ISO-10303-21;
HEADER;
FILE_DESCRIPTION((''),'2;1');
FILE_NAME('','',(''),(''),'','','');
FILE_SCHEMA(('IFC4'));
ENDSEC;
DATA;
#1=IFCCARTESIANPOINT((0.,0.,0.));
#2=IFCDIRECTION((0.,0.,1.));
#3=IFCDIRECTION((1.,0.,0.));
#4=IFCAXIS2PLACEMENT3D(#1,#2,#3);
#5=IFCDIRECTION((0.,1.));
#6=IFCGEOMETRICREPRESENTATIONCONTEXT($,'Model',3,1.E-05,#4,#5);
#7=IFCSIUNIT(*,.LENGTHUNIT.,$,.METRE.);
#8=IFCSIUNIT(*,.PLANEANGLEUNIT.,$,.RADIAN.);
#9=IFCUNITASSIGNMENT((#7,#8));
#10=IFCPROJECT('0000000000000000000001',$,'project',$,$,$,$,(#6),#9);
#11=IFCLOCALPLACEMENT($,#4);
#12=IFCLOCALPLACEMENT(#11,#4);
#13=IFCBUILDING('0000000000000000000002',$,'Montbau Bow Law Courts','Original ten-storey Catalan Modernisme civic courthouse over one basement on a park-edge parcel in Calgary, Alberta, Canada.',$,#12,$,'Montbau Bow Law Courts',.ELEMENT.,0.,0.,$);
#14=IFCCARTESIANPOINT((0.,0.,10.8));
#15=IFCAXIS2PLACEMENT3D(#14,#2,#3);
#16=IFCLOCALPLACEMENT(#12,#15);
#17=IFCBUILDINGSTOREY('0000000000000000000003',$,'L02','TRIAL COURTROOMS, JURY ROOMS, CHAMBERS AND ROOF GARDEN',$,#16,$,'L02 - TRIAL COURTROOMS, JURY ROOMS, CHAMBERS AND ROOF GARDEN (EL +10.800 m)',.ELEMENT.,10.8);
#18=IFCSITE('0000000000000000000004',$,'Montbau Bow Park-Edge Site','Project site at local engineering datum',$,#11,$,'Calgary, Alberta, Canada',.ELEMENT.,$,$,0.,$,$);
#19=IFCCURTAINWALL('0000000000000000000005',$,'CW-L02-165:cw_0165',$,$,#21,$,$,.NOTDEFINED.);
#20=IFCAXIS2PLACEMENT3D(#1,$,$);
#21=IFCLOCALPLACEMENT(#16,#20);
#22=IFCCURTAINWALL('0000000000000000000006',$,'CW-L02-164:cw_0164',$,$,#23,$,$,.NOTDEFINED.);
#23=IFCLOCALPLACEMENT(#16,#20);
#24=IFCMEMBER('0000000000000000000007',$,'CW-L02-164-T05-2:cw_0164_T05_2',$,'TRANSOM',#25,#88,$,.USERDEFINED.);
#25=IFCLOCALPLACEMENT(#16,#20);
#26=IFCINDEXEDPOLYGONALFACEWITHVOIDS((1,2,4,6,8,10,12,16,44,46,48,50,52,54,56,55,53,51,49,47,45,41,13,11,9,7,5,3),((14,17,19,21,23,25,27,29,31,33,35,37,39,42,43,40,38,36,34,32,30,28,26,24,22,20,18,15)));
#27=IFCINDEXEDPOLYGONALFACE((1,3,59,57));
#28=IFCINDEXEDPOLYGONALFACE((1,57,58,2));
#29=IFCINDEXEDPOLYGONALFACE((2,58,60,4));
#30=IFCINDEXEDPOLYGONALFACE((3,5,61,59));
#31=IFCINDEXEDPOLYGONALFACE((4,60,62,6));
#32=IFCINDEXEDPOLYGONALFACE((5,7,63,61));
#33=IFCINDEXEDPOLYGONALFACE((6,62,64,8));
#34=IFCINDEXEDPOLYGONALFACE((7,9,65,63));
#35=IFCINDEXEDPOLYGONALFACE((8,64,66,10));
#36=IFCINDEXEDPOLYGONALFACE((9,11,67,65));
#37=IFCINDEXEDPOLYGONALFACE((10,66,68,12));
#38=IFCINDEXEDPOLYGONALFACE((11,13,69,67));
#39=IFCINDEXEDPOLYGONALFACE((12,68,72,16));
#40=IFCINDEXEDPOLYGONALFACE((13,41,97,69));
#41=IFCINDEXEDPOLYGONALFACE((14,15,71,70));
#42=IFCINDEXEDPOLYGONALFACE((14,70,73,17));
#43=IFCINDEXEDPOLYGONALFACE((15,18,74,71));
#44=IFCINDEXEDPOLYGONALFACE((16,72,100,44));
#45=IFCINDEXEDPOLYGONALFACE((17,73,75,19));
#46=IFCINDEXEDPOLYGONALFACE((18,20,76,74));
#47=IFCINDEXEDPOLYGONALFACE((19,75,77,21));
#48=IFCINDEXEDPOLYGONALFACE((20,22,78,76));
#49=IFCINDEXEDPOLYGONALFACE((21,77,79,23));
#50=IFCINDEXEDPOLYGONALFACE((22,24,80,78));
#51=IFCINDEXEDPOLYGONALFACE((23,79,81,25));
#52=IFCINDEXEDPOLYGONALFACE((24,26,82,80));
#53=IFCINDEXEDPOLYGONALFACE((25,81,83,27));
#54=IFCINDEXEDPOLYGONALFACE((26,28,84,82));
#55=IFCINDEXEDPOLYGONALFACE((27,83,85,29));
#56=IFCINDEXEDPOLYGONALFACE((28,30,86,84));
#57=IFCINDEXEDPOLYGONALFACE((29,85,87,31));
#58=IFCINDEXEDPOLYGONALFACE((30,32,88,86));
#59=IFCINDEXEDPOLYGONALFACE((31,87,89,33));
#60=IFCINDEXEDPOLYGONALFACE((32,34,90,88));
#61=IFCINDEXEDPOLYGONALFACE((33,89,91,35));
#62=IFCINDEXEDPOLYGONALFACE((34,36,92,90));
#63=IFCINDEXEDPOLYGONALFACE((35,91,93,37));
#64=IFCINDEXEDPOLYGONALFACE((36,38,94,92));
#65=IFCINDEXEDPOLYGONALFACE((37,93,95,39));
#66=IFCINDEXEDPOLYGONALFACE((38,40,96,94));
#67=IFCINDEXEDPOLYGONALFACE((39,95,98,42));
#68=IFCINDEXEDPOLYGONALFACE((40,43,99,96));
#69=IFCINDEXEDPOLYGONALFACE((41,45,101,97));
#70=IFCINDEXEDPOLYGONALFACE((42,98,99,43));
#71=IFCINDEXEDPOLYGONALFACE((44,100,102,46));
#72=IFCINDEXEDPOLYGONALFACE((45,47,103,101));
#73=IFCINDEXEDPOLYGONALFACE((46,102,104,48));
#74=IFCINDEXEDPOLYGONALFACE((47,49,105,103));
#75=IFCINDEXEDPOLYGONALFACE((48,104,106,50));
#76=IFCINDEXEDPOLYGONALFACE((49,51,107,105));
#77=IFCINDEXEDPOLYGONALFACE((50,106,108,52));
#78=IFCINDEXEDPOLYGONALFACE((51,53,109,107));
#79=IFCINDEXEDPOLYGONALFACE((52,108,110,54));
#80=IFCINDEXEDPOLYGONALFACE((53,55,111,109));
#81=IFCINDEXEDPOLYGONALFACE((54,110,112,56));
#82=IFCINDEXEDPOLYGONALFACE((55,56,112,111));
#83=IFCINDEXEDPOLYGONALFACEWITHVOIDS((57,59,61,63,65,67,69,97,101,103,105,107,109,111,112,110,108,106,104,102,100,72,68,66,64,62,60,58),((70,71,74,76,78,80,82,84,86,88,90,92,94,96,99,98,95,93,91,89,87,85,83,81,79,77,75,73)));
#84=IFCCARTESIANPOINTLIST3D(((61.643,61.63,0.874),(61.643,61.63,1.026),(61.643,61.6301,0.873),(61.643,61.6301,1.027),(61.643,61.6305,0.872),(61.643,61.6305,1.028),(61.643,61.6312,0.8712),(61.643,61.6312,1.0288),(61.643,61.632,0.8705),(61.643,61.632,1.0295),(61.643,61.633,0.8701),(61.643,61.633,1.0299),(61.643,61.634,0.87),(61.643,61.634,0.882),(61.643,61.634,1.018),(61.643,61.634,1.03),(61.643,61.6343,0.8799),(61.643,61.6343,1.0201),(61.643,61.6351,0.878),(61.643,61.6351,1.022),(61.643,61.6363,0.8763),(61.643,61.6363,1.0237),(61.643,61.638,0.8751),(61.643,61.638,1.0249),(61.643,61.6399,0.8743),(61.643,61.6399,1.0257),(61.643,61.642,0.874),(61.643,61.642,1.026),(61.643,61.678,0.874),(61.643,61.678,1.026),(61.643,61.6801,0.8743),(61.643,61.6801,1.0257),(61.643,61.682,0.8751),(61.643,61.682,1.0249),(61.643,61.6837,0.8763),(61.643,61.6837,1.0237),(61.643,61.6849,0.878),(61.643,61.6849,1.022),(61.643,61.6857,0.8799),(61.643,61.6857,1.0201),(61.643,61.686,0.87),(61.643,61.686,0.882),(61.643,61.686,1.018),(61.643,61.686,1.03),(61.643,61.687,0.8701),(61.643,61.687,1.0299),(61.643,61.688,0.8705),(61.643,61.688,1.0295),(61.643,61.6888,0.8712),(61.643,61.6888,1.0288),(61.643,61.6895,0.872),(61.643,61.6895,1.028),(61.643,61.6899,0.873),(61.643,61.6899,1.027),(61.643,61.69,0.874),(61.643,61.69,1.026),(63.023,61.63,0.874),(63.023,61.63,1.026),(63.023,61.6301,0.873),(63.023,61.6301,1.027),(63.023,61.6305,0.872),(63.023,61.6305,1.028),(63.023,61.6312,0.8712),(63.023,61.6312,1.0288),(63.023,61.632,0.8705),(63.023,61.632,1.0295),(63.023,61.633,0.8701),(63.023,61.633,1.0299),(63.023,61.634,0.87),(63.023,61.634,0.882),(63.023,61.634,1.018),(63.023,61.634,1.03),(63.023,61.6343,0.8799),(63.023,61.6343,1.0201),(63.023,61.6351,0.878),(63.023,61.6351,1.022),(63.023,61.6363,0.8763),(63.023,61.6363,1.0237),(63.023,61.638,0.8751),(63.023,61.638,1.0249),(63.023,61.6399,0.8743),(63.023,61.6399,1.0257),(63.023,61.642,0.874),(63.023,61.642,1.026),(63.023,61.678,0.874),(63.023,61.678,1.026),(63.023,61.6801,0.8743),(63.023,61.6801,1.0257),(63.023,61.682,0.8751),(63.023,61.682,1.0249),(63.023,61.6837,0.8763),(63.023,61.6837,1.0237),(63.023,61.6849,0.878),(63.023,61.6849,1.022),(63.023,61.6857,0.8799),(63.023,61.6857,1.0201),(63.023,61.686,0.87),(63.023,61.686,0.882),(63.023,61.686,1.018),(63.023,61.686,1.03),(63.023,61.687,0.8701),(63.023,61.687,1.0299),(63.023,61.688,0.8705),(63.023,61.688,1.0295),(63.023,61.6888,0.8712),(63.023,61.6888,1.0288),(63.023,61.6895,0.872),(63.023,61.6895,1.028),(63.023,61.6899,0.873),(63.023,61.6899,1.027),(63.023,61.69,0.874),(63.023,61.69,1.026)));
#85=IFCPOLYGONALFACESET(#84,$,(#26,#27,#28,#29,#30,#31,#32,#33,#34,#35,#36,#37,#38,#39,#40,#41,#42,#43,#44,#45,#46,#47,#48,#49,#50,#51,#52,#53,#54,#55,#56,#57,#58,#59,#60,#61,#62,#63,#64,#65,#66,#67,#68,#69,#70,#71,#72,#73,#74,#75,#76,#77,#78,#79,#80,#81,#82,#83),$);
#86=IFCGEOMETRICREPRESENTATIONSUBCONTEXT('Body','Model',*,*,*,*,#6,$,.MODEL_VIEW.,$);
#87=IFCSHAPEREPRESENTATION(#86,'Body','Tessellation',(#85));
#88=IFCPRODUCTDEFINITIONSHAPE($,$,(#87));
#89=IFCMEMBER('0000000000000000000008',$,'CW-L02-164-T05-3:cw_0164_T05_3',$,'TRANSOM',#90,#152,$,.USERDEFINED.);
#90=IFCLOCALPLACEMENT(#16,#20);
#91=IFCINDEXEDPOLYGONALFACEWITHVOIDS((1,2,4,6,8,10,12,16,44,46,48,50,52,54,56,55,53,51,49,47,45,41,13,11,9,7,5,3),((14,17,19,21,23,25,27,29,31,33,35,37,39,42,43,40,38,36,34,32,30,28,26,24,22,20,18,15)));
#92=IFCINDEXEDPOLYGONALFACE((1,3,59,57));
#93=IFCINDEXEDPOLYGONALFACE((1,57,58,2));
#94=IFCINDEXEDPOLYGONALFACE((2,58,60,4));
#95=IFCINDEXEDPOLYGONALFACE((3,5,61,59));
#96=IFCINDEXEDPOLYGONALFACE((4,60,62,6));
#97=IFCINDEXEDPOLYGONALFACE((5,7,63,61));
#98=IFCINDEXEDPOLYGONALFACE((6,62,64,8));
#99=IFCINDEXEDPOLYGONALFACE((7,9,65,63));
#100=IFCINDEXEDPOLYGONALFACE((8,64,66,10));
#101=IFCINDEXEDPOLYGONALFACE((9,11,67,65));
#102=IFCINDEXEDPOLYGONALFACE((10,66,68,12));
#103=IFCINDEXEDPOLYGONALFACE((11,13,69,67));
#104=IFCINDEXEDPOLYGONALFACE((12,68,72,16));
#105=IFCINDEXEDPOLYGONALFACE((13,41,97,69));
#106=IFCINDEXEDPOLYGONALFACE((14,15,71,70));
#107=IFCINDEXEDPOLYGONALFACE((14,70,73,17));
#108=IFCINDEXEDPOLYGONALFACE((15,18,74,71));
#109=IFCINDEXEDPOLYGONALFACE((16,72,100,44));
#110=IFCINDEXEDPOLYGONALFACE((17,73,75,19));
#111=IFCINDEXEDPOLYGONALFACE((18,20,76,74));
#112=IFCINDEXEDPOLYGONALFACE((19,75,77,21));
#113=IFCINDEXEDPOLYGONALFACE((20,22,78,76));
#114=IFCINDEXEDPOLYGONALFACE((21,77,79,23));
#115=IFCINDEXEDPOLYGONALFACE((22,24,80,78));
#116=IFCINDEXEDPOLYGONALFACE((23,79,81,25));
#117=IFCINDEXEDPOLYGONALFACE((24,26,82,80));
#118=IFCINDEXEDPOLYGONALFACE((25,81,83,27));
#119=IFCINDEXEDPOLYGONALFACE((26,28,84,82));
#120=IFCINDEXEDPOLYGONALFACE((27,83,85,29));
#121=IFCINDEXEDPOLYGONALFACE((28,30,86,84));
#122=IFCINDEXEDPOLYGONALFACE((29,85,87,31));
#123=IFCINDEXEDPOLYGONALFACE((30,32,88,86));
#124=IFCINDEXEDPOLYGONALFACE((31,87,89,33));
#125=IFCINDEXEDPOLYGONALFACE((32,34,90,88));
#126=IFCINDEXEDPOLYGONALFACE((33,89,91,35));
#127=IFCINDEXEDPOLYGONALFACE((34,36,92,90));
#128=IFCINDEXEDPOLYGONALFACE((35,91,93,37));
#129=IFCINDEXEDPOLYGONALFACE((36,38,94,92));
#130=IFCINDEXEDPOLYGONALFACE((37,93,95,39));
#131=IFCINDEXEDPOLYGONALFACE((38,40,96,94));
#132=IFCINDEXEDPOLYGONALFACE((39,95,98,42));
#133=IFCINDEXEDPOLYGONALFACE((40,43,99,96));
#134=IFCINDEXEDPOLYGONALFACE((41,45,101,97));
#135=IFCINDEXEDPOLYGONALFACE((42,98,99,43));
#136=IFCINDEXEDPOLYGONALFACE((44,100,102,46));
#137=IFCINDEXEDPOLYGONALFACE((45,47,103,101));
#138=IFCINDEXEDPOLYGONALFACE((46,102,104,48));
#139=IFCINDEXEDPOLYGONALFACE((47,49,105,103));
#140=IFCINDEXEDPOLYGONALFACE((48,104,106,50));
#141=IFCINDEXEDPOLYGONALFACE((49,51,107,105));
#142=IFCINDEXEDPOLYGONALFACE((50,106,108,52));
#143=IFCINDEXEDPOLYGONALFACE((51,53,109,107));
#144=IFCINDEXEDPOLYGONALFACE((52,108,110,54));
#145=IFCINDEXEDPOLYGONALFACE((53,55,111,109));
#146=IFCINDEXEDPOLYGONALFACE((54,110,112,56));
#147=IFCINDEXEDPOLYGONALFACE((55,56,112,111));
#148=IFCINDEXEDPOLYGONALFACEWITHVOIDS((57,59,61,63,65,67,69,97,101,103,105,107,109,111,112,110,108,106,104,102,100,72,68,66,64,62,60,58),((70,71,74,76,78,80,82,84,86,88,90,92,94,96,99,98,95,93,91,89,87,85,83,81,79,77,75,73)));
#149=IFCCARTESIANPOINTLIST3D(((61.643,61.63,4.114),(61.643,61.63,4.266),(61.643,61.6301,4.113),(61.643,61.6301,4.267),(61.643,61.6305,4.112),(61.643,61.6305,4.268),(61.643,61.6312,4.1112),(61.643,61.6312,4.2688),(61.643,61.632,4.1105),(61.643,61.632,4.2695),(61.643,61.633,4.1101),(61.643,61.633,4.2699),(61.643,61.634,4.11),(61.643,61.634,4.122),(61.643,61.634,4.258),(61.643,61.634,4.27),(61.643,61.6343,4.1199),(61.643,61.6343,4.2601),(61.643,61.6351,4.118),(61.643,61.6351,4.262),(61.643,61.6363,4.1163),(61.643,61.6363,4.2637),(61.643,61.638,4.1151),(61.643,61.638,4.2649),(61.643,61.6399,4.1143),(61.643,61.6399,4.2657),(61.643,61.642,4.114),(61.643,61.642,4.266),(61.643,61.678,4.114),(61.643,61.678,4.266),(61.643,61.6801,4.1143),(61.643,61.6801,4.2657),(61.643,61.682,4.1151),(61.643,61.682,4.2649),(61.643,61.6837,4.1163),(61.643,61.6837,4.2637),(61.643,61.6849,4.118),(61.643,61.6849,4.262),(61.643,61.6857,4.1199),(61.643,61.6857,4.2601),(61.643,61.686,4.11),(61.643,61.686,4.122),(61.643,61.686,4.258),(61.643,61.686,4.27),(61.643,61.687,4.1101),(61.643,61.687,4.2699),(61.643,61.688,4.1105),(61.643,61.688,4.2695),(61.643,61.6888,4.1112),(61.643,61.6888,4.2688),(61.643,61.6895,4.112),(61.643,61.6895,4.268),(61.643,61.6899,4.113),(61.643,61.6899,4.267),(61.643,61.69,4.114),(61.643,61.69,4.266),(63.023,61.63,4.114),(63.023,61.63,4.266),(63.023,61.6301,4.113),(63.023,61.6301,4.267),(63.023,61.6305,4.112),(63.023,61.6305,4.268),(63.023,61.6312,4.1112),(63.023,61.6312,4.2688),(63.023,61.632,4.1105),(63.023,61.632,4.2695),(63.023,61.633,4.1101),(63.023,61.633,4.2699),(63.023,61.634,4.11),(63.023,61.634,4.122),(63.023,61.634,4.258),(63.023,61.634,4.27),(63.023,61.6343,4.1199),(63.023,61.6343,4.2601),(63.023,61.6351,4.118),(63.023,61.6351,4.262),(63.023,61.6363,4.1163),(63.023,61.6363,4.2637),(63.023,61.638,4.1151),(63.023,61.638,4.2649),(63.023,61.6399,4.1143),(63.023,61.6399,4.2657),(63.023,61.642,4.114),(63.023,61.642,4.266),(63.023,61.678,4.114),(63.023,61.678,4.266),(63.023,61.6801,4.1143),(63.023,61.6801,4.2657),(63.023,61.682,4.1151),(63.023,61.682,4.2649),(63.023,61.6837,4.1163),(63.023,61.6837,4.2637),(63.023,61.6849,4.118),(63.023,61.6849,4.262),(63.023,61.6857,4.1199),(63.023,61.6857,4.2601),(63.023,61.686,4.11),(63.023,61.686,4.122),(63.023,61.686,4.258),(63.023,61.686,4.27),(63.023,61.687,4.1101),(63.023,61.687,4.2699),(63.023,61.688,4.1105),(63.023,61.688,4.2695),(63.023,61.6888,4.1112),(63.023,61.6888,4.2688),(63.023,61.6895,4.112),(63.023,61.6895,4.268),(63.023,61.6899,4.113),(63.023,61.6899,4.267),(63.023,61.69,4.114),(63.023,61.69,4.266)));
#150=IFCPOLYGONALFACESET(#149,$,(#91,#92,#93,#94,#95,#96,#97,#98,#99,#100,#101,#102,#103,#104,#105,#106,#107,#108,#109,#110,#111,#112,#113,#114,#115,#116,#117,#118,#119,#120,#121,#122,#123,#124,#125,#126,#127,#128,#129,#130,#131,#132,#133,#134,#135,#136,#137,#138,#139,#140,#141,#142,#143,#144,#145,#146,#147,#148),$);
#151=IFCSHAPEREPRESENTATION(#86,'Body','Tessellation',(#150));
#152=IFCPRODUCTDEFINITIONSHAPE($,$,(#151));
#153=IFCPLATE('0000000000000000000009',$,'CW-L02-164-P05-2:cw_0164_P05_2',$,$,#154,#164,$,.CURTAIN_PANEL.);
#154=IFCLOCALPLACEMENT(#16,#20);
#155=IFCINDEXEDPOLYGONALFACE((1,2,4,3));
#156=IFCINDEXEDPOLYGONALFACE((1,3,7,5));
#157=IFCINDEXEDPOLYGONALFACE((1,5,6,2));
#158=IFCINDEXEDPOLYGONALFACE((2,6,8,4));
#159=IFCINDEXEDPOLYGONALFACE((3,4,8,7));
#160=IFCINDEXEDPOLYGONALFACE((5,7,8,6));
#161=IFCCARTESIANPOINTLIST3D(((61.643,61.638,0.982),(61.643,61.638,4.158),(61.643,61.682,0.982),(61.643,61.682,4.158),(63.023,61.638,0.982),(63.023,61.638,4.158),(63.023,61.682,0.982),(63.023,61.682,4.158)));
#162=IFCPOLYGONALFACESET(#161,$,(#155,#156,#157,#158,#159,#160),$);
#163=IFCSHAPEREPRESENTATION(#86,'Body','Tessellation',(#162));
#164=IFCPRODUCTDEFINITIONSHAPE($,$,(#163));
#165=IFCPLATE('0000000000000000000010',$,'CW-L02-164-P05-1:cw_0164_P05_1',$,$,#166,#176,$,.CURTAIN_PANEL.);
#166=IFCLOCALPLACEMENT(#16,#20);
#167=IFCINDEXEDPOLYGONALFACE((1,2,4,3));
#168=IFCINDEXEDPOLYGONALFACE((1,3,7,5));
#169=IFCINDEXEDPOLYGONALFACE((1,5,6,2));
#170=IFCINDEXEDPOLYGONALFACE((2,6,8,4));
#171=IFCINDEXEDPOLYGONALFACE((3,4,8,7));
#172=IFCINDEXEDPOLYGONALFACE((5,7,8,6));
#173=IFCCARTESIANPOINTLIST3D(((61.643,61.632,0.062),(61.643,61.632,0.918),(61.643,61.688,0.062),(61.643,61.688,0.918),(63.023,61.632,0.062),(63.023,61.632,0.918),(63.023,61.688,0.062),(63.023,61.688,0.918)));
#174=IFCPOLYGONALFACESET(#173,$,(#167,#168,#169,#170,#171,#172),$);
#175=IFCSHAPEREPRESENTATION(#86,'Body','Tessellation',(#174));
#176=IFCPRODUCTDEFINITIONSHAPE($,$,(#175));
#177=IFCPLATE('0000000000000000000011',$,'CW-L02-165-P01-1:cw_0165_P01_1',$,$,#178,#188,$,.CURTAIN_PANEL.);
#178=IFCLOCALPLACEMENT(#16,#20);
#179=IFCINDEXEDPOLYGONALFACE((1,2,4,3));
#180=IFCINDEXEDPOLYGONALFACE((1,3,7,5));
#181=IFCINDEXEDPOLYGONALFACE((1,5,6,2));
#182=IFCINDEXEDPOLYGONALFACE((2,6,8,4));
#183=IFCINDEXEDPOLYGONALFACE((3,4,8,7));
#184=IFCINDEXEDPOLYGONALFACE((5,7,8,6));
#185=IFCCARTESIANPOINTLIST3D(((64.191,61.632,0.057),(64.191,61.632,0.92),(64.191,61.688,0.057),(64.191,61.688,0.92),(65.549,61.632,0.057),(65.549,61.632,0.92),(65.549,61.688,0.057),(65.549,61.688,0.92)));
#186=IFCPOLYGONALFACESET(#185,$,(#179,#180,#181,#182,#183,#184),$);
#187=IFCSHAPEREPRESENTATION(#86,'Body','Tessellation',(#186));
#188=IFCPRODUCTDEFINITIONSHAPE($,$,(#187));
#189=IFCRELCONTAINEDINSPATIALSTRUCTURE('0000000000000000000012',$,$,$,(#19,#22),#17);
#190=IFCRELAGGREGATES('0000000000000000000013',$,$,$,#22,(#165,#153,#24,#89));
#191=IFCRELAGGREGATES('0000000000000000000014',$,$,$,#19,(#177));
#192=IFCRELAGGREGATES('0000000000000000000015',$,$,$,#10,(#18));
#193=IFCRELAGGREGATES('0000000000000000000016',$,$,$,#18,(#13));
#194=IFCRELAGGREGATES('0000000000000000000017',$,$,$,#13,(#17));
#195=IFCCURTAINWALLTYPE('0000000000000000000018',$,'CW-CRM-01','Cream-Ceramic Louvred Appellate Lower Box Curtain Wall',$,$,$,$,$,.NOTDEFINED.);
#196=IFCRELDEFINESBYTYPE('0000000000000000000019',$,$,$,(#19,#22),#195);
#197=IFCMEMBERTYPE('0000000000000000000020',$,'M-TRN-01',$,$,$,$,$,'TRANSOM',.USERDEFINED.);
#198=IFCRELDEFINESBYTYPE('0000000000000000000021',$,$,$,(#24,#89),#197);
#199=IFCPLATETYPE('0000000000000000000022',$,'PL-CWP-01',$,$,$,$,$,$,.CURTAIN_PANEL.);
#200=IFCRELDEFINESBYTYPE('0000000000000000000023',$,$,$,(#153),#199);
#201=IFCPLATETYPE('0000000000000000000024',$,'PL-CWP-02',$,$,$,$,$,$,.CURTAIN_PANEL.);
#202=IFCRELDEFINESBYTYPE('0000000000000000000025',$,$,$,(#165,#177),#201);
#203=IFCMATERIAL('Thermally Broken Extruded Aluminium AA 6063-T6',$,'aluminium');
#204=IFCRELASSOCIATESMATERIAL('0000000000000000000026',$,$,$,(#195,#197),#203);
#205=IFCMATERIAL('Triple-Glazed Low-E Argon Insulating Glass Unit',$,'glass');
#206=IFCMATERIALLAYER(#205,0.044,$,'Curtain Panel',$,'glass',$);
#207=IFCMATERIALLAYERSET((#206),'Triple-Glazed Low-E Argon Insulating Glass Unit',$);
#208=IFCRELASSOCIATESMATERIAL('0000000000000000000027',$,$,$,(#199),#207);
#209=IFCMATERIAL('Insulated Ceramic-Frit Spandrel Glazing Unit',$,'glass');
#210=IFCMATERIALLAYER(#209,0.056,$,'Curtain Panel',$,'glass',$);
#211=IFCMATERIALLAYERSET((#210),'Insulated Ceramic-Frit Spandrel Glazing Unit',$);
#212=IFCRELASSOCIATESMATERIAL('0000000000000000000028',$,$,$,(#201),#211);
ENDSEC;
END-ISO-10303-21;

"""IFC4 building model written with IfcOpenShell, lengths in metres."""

from ifc_helpers import new_model, si_unit, direction, frame, frame_2d, origin_with_axes, origin_2d_with_axis, place, context, subcontext, project, spatial, rectangle, hollow_rectangle, extrude, material, layer, layer_set, material_profile, profile_set, type_object, element, aggregate, save


model = new_model("IFC4")

# Units and contexts
model_context = context("Model", 3, precision=1e-05, world=origin_with_axes(), true_north=direction((0.0, 1.0)))
body_context = subcontext(model_context, "Body", "Model", "MODEL_VIEW")
ifc_project = project(units=[si_unit("LENGTHUNIT", "METRE"), si_unit("PLANEANGLEUNIT", "RADIAN")], contexts=[model_context])

# Site, building, storey
site_placement = place(None, origin_with_axes())
site = spatial("IfcSite", under=ifc_project, at=site_placement, Name="Montbau Bow Park-Edge Site", Description="Project site at local engineering datum", LongName="Calgary, Alberta, Canada", CompositionType="ELEMENT", RefElevation=0.0)
building_placement = place(site_placement, origin_with_axes())
building = spatial("IfcBuilding", under=site, at=building_placement, Name="Montbau Bow Law Courts", Description="Original ten-storey Catalan Modernisme civic courthouse over one basement on a park-edge parcel in Calgary, Alberta, Canada.", LongName="Montbau Bow Law Courts", CompositionType="ELEMENT", ElevationOfRefHeight=0.0, ElevationOfTerrain=0.0)
storey_placement = place(building_placement, frame((0.0, 0.0, 10.8), z_axis=(0.0, 0.0, 1.0), x_axis=(1.0, 0.0, 0.0)))
storey = spatial("IfcBuildingStorey", under=building, at=storey_placement, Name="L02", Description="TRIAL COURTROOMS, JURY ROOMS, CHAMBERS AND ROOF GARDEN", LongName="L02 - TRIAL COURTROOMS, JURY ROOMS, CHAMBERS AND ROOF GARDEN (EL +10.800 m)", CompositionType="ELEMENT", Elevation=10.8)

# Curtain wall
ifc_material_1 = material(Name="Thermally Broken Extruded Aluminium AA 6063-T6", Category="aluminium")
curtain_wall_type = type_object("IfcCurtainWallType", Name="CW-CRM-01", Description="Cream-Ceramic Louvred Appellate Lower Box Curtain Wall", PredefinedType="NOTDEFINED", material=ifc_material_1)
curtain_wall_1_placement = place(None, frame((64.115, 61.66, 10.8), z_axis=(0.0, 0.0, 1.0), x_axis=(1.0, 0.0, 0.0)))
curtain_wall_1 = element("IfcCurtainWall", 1, at=curtain_wall_1_placement, inside=storey, type_object=curtain_wall_type, Name="CW-L02-165:cw_0165", PredefinedType="NOTDEFINED")

# Curtain wall, members, plates
curtain_wall_2_placement = place(None, frame((55.715, 61.66, 10.8), z_axis=(0.0, 0.0, 1.0), x_axis=(1.0, 0.0, 0.0)))
curtain_wall_2 = element("IfcCurtainWall", 2, at=curtain_wall_2_placement, inside=storey, type_object=curtain_wall_type, Name="CW-L02-164:cw_0164", PredefinedType="NOTDEFINED")
ifc_material_profile_1 = material_profile(ifc_material_1, hollow_rectangle(XDim=0.06, YDim=0.16, WallThickness=0.004, InnerFilletRadius=0.008, OuterFilletRadius=0.004, at=origin_2d_with_axis()), Name="CWT-160X60", Category="Main", Priority=0)
ifc_profile_set_1 = profile_set([ifc_material_profile_1], Name="Thermally Broken Extruded Aluminium AA 6063-T6")
member_type_1 = type_object("IfcMemberType", Name="M-TRN-01", ElementType="TRANSOM", PredefinedType="USERDEFINED", material=ifc_profile_set_1)
member_1_placement = place(None, frame((61.643, 61.66, 11.75), z_axis=(1.0, 0.0, 0.0), x_axis=(0.0, 1.0, 0.0)))
member_1 = element("IfcMember", 3, at=member_1_placement, type_object=member_type_1, Name="CW-L02-164-T05-2:cw_0164_T05_2", ObjectType="TRANSOM", PredefinedType="USERDEFINED", context=body_context, shape_type="SweptSolid", body=[
    extrude(hollow_rectangle(XDim=0.06, YDim=0.16, WallThickness=0.004, InnerFilletRadius=0.008, OuterFilletRadius=0.004, at=origin_2d_with_axis()), origin_with_axes(), (0.0, 0.0, 1.0), 1.38),
])
member_2_placement = place(None, frame((61.643, 61.66, 14.99), z_axis=(1.0, 0.0, 0.0), x_axis=(0.0, 1.0, 0.0)))
member_2 = element("IfcMember", 4, at=member_2_placement, type_object=member_type_1, Name="CW-L02-164-T05-3:cw_0164_T05_3", ObjectType="TRANSOM", PredefinedType="USERDEFINED", context=body_context, shape_type="SweptSolid", body=[
    extrude(hollow_rectangle(XDim=0.06, YDim=0.16, WallThickness=0.004, InnerFilletRadius=0.008, OuterFilletRadius=0.004, at=origin_2d_with_axis()), origin_with_axes(), (0.0, 0.0, 1.0), 1.38),
])
ifc_material_2 = material(Name="Triple-Glazed Low-E Argon Insulating Glass Unit", Category="glass")
ifc_layer_1 = layer(ifc_material_2, 0.044, Name="Curtain Panel", Category="glass")
ifc_layer_set_1 = layer_set([ifc_layer_1], Name="Triple-Glazed Low-E Argon Insulating Glass Unit")
plate_type_1 = type_object("IfcPlateType", Name="PL-CWP-01", PredefinedType="CURTAIN_PANEL", material=ifc_layer_set_1)
plate_1_placement = place(None, frame((61.643, 61.66, 11.782), z_axis=(0.0, -1.0, 0.0), x_axis=(1.0, 0.0, 0.0)))
plate_1 = element("IfcPlate", 5, at=plate_1_placement, type_object=plate_type_1, Name="CW-L02-164-P05-2:cw_0164_P05_2", PredefinedType="CURTAIN_PANEL", context=body_context, shape_type="SweptSolid", body=[
    extrude(rectangle(XDim=1.38, YDim=3.176, at=frame_2d((0.69, 1.588), x_axis=(1.0, 0.0))), frame((0.0, 0.0, -0.022), z_axis=(0.0, 0.0, 1.0), x_axis=(1.0, 0.0, 0.0)), (0.0, 0.0, 1.0), 0.044),
])
ifc_material_3 = material(Name="Insulated Ceramic-Frit Spandrel Glazing Unit", Category="glass")
ifc_layer_2 = layer(ifc_material_3, 0.056, Name="Curtain Panel", Category="glass")
ifc_layer_set_2 = layer_set([ifc_layer_2], Name="Insulated Ceramic-Frit Spandrel Glazing Unit")
plate_type_2 = type_object("IfcPlateType", Name="PL-CWP-02", PredefinedType="CURTAIN_PANEL", material=ifc_layer_set_2)
plate_2_placement = place(None, frame((61.643, 61.66, 10.862), z_axis=(0.0, -1.0, 0.0), x_axis=(1.0, 0.0, 0.0)))
plate_2 = element("IfcPlate", 6, at=plate_2_placement, type_object=plate_type_2, Name="CW-L02-164-P05-1:cw_0164_P05_1", PredefinedType="CURTAIN_PANEL", context=body_context, shape_type="SweptSolid", body=[
    extrude(rectangle(XDim=1.38, YDim=0.856, at=frame_2d((0.69, 0.428), x_axis=(1.0, 0.0))), frame((0.0, 0.0, -0.028), z_axis=(0.0, 0.0, 1.0), x_axis=(1.0, 0.0, 0.0)), (0.0, 0.0, 1.0), 0.056),
])
aggregate(curtain_wall_2, [plate_2, plate_1, member_1, member_2])

# Plate
plate_3_placement = place(None, frame((64.191, 61.66, 10.857), z_axis=(0.0, -1.0, 0.0), x_axis=(1.0, 0.0, 0.0)))
plate_3 = element("IfcPlate", 7, at=plate_3_placement, type_object=plate_type_2, Name="CW-L02-165-P01-1:cw_0165_P01_1", PredefinedType="CURTAIN_PANEL", context=body_context, shape_type="SweptSolid", body=[
    extrude(rectangle(XDim=1.358, YDim=0.863, at=frame_2d((0.679, 0.4315), x_axis=(1.0, 0.0))), frame((0.0, 0.0, -0.028), z_axis=(0.0, 0.0, 1.0), x_axis=(1.0, 0.0, 0.0)), (0.0, 0.0, 1.0), 0.056),
])
aggregate(curtain_wall_1, [plate_3])

save(model, "model.ifc")
